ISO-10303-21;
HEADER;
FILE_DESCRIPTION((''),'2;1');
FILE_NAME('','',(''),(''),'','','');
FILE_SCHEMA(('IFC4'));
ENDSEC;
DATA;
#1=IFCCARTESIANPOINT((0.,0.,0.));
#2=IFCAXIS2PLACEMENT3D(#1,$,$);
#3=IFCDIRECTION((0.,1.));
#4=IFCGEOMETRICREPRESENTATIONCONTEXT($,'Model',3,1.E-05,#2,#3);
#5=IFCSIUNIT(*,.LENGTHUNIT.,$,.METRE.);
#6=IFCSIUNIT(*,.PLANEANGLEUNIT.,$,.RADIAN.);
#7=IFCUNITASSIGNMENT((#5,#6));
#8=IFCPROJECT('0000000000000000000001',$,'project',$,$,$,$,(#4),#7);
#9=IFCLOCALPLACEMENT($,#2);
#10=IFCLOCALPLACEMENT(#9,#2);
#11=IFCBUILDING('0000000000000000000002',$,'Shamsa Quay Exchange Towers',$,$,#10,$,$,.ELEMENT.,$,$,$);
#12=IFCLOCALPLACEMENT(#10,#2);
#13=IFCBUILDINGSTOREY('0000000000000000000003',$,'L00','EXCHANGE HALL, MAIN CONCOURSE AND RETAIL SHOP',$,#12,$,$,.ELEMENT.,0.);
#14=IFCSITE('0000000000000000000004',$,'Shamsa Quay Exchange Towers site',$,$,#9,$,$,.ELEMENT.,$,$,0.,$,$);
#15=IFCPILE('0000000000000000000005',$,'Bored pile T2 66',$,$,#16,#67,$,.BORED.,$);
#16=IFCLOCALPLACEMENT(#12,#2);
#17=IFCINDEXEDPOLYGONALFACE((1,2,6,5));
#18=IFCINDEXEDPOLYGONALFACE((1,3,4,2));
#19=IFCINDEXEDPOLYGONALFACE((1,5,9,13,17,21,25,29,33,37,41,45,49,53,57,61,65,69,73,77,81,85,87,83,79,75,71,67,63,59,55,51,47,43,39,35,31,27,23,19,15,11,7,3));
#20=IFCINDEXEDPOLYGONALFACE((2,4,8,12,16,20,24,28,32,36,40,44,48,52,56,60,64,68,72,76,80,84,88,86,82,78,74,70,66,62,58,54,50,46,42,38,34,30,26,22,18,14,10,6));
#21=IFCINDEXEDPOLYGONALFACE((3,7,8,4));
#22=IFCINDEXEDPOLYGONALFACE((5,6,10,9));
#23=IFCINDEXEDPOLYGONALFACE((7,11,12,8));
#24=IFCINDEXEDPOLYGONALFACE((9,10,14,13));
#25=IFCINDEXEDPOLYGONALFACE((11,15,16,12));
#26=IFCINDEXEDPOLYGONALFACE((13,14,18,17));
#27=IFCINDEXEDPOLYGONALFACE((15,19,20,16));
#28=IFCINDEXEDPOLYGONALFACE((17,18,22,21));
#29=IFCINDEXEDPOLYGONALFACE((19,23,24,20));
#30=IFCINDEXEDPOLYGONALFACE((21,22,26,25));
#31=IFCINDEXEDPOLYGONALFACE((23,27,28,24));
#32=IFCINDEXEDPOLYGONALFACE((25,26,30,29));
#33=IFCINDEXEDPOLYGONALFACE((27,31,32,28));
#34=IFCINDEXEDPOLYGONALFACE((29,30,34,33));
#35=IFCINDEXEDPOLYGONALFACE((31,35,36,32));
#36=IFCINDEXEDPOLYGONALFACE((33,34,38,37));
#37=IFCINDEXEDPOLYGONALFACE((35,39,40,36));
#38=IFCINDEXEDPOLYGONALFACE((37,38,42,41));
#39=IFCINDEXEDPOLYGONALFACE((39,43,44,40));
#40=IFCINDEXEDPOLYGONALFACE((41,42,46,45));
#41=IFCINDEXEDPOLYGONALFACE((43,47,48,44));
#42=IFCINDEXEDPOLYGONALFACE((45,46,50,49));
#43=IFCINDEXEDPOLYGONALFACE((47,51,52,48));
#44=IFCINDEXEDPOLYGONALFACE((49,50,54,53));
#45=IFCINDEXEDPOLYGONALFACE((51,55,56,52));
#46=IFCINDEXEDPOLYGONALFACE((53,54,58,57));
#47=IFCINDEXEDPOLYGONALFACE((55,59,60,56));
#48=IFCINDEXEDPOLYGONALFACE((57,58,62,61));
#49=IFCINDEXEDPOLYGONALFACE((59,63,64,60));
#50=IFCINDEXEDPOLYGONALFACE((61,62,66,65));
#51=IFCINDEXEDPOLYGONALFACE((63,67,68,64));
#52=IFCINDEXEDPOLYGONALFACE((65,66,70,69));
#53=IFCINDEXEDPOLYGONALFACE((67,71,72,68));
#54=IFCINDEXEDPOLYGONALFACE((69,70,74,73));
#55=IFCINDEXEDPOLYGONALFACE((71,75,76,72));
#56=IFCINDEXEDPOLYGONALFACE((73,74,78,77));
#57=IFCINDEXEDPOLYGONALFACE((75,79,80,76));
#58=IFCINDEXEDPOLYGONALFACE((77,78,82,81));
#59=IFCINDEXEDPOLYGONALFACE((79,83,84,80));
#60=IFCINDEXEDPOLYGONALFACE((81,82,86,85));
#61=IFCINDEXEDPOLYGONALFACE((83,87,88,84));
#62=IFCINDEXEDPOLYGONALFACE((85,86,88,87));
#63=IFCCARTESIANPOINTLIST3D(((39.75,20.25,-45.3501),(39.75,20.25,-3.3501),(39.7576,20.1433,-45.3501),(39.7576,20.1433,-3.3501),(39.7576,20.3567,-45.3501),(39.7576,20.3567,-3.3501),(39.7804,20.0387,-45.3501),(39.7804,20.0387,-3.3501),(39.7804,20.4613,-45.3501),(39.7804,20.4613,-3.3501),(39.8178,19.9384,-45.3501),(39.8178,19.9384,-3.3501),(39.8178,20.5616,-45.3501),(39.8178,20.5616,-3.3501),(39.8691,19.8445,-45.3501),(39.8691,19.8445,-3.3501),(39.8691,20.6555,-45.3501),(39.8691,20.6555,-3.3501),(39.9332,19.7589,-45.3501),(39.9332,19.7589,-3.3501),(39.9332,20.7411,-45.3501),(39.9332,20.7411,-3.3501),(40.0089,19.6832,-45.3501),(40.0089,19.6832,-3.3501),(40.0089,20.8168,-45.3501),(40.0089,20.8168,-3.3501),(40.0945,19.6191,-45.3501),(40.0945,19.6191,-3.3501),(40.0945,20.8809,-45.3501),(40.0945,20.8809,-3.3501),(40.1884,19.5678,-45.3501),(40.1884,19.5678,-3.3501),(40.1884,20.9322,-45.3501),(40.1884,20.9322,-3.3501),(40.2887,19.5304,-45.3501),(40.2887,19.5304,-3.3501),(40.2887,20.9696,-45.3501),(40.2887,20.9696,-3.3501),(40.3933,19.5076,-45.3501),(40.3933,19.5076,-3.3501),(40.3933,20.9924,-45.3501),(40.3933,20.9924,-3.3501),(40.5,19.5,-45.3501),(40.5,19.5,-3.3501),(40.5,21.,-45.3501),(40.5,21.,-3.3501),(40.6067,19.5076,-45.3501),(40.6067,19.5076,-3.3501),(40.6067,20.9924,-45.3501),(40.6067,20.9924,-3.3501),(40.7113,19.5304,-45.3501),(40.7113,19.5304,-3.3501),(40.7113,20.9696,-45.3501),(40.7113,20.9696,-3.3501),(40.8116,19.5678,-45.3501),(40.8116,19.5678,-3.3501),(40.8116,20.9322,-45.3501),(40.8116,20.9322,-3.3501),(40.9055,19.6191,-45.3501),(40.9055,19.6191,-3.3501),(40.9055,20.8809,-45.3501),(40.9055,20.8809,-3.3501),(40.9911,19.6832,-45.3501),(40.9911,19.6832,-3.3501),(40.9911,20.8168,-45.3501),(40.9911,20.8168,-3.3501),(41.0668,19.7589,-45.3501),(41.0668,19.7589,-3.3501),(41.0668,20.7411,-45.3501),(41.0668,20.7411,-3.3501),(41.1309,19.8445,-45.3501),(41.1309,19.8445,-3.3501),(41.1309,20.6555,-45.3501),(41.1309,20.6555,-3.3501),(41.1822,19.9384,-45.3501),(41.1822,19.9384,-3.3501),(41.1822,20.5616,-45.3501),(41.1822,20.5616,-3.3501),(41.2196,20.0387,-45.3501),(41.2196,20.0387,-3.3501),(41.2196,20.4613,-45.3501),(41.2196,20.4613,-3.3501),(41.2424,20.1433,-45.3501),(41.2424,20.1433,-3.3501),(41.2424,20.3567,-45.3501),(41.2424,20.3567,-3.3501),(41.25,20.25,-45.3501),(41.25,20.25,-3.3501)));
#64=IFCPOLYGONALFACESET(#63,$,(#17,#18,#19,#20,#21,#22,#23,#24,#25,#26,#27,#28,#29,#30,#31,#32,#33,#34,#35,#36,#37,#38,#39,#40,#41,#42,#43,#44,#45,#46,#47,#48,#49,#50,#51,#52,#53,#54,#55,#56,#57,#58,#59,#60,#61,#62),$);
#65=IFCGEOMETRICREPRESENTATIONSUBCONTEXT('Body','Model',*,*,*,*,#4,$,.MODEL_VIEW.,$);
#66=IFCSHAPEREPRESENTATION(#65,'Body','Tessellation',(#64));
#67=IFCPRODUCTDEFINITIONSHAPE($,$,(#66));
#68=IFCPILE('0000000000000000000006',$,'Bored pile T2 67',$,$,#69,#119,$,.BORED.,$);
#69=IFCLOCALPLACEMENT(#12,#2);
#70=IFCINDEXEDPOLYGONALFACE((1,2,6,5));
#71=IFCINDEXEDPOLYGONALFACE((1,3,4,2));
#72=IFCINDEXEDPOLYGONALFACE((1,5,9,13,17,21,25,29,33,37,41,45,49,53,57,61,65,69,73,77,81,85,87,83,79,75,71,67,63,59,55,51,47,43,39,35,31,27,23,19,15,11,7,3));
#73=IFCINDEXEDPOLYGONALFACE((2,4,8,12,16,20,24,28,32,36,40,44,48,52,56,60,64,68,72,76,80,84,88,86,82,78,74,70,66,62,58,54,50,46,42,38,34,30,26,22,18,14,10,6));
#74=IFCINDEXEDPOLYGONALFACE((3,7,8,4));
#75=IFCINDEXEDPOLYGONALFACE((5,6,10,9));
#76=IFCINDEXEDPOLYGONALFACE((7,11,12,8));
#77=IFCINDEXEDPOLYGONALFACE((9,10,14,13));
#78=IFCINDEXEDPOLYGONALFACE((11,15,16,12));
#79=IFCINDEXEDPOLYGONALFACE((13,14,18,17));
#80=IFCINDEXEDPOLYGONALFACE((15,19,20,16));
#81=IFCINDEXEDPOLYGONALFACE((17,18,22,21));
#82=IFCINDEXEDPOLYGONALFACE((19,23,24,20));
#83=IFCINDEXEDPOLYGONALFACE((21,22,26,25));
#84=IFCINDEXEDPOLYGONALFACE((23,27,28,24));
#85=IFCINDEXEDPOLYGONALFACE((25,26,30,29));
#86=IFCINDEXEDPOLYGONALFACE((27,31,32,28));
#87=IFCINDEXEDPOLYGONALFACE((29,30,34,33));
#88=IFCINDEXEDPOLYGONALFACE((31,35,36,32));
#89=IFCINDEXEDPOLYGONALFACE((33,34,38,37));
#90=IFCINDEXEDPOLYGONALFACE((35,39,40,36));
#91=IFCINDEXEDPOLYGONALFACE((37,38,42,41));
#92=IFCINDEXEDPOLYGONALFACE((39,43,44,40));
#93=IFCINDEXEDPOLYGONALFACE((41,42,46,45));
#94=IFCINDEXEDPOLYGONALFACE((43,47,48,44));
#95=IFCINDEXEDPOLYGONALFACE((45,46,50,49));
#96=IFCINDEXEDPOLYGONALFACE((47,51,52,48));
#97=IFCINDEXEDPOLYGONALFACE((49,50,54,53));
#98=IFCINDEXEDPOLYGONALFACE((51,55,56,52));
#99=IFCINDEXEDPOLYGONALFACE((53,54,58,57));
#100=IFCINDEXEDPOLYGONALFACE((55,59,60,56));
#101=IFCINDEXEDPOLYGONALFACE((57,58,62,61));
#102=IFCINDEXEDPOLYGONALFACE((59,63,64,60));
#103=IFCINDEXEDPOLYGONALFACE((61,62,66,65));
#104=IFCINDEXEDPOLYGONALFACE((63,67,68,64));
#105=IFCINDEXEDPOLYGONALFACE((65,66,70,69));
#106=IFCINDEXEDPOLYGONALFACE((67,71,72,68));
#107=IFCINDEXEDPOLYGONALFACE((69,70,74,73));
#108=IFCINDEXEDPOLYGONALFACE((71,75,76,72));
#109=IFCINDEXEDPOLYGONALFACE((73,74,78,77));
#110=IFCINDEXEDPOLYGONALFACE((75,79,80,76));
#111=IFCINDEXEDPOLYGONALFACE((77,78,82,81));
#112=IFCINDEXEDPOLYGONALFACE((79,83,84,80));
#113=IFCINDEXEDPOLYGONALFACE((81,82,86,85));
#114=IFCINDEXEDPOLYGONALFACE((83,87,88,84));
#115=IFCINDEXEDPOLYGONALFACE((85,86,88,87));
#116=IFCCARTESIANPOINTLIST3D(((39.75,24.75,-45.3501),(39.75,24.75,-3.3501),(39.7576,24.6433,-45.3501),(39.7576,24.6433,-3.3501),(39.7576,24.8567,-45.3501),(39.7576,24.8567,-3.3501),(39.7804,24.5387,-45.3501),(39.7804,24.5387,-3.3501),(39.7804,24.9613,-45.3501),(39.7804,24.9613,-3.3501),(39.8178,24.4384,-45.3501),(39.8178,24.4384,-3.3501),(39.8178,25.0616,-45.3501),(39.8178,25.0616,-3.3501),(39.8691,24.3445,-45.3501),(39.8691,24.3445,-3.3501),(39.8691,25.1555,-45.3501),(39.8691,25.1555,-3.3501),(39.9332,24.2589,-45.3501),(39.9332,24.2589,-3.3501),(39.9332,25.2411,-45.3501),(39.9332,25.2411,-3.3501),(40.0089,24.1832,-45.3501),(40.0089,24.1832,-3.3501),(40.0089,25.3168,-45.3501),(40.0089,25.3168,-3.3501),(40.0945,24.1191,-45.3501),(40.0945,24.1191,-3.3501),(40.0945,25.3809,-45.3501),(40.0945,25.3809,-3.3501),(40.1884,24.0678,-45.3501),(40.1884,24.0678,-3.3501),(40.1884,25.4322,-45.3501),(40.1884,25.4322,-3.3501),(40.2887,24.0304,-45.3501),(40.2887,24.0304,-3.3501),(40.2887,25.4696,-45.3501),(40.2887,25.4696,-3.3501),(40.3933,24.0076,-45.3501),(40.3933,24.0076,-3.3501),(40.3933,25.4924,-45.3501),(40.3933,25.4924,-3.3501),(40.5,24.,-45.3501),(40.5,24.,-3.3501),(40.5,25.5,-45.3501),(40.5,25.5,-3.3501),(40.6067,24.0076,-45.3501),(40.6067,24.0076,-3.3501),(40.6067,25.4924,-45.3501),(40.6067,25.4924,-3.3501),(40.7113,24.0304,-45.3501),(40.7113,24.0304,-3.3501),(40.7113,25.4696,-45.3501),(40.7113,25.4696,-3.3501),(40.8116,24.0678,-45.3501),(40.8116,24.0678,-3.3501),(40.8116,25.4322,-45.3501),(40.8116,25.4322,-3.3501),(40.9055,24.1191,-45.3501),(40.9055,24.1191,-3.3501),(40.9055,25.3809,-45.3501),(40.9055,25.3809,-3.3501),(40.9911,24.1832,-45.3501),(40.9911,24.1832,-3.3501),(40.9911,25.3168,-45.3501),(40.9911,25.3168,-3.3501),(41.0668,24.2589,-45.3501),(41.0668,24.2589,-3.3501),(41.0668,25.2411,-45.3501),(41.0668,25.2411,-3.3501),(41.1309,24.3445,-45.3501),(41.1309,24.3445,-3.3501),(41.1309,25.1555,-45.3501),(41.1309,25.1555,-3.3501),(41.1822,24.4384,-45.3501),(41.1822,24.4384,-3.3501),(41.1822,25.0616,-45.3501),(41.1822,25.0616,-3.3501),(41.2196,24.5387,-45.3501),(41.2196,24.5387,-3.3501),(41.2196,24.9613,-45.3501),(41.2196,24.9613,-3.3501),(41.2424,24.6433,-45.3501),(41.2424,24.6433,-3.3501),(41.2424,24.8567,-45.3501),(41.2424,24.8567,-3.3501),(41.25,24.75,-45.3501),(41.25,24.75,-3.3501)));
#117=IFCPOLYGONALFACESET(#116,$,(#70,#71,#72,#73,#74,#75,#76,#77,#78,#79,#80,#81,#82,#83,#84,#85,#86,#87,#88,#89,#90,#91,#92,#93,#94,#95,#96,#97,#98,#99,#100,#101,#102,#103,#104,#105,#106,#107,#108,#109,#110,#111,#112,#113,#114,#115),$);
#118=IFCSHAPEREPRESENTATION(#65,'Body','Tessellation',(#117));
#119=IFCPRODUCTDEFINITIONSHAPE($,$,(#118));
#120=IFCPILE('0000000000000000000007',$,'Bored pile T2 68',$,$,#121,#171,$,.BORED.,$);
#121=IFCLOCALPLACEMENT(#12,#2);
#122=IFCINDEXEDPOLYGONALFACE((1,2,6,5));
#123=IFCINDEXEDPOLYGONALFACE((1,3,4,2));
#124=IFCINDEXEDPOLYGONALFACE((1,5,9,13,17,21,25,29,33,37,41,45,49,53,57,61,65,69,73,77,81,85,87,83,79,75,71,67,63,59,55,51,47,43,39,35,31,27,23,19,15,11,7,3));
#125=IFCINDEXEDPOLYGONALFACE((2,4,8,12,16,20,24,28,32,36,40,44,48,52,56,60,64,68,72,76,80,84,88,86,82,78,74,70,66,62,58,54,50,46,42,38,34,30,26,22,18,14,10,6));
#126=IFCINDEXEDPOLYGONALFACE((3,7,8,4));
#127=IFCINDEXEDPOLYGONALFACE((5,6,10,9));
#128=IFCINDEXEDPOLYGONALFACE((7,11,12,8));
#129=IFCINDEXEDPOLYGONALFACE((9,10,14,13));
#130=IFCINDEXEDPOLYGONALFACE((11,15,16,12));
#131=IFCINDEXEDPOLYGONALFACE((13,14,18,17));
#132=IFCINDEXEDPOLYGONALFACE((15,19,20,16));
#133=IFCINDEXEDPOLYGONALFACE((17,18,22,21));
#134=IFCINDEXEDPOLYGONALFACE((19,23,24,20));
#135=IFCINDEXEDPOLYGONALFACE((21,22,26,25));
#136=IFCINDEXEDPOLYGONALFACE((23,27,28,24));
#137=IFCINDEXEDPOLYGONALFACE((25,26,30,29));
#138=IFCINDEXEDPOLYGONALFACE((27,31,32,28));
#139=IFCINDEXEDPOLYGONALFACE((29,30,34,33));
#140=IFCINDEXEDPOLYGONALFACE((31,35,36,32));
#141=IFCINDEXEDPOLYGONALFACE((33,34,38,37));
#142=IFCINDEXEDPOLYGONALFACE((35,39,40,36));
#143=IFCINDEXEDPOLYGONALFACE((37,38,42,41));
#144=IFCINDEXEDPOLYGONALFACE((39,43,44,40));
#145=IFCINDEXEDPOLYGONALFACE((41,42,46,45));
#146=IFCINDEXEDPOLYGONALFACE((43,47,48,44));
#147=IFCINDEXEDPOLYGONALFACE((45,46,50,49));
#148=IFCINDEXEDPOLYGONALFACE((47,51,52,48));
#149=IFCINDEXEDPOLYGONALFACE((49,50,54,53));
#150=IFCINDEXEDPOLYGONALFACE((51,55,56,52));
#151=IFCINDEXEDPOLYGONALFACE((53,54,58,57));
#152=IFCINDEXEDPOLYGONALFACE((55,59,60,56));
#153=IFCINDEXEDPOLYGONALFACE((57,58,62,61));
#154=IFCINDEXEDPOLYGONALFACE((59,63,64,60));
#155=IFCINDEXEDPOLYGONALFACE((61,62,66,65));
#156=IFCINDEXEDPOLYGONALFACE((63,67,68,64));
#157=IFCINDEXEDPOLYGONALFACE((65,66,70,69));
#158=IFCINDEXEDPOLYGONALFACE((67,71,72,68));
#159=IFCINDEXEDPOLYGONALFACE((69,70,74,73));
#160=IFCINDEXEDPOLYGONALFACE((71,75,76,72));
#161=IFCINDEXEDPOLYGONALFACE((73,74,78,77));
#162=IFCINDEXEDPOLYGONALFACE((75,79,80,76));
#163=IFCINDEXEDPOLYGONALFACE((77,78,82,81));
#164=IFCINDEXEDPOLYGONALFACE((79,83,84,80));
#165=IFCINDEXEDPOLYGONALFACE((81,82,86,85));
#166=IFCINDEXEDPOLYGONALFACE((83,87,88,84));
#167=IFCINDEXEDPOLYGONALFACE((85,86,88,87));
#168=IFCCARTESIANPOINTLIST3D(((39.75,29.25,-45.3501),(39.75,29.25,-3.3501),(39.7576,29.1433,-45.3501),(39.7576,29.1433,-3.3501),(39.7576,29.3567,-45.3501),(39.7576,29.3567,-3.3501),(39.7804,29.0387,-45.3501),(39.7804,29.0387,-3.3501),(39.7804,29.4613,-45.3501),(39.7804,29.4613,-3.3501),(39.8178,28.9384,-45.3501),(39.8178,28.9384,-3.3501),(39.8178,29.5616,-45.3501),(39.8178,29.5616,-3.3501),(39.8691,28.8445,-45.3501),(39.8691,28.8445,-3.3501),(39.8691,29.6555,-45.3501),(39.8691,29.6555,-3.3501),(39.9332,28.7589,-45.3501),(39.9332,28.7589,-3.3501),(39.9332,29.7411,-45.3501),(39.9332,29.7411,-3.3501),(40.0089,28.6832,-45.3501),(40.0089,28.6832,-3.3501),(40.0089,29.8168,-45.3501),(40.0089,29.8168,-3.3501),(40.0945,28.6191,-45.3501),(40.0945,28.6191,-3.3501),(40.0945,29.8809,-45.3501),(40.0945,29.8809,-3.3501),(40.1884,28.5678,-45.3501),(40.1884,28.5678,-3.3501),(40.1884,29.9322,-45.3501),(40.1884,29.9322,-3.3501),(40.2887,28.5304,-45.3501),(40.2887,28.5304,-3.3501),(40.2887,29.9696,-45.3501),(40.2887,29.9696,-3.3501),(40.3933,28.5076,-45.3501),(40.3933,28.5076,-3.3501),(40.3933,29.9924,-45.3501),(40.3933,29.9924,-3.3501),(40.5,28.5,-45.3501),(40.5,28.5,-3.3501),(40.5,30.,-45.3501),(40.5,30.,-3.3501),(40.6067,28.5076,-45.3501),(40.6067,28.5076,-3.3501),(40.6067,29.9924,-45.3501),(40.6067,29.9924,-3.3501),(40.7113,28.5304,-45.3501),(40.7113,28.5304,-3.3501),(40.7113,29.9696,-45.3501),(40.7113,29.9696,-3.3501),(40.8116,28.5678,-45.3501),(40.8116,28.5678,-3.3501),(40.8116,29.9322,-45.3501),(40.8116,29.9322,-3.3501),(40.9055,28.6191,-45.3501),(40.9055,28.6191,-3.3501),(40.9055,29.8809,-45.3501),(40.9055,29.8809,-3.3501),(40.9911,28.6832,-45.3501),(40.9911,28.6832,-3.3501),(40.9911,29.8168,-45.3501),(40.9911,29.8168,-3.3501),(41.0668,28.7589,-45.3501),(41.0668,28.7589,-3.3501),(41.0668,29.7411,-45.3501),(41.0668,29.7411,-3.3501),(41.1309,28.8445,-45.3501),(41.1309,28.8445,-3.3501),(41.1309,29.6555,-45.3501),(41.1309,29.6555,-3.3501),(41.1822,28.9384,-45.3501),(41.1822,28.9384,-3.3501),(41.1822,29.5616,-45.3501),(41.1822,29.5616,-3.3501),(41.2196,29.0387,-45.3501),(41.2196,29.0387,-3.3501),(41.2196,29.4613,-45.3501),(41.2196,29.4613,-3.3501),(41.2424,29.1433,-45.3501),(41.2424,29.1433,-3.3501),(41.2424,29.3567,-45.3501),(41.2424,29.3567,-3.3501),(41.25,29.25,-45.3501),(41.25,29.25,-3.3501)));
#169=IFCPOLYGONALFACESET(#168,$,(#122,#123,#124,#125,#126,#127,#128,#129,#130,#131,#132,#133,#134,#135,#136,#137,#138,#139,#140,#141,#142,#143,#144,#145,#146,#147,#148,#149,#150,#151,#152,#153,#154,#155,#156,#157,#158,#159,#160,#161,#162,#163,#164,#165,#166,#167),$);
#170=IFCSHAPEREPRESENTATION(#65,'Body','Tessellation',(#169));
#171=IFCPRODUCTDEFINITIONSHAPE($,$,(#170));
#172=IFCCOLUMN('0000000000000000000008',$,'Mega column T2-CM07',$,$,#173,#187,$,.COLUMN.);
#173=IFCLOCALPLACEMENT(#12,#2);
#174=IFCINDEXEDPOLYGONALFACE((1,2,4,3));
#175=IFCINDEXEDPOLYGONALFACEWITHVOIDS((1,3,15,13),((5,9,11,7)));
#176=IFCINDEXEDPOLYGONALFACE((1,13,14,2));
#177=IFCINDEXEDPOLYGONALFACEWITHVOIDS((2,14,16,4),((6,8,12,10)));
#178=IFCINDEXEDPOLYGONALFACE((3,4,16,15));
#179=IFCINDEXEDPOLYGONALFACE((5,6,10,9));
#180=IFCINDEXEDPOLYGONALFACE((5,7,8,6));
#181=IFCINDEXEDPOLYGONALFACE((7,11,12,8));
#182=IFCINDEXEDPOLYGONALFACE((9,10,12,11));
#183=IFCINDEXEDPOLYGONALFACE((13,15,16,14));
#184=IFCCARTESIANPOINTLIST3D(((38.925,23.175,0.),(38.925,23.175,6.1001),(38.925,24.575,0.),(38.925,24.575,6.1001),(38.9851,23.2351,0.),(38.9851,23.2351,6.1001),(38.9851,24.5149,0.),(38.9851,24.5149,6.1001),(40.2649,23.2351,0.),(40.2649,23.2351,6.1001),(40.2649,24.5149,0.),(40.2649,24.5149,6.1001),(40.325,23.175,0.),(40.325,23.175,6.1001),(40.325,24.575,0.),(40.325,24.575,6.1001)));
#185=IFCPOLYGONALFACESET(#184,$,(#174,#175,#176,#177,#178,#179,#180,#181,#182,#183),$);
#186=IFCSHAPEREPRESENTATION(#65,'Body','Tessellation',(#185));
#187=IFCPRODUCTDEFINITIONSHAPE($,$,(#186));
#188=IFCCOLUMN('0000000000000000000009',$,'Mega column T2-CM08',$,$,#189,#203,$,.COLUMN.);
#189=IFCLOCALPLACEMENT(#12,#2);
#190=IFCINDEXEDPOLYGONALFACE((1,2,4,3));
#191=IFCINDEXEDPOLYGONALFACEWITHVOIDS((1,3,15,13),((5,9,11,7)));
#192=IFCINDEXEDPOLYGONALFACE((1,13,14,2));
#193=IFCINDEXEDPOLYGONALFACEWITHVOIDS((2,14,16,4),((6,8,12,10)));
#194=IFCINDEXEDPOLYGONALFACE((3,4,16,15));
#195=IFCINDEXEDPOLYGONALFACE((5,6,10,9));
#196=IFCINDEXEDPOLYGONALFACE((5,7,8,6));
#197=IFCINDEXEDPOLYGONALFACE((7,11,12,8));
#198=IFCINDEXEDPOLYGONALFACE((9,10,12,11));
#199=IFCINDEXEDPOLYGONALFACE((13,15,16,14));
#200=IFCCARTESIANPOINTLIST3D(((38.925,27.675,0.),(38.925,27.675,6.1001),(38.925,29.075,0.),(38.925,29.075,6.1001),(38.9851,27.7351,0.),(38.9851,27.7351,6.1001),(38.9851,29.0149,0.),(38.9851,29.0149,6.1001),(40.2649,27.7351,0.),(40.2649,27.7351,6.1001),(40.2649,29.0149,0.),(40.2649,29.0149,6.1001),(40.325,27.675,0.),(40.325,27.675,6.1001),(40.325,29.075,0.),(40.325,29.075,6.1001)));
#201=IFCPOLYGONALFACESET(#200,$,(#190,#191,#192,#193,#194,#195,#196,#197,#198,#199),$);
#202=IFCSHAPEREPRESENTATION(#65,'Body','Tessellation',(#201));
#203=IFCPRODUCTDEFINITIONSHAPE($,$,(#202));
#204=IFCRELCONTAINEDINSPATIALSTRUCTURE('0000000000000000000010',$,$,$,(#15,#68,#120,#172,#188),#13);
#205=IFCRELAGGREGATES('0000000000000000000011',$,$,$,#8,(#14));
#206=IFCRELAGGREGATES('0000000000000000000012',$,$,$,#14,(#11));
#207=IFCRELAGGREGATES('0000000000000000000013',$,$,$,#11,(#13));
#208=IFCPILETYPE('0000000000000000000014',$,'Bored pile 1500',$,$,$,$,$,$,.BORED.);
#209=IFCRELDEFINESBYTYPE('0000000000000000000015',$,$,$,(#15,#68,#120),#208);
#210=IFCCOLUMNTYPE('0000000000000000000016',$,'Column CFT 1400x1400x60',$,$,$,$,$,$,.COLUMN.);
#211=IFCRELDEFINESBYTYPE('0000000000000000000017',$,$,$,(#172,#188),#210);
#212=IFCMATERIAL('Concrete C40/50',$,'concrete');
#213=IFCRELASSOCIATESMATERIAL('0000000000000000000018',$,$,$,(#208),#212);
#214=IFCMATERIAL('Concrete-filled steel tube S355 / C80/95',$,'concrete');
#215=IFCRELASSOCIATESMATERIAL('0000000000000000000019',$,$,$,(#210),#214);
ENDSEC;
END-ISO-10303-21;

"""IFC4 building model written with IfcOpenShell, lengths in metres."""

from ifc_helpers import new_model, si_unit, direction, frame, origin, origin_2d, place, context, subcontext, project, spatial, hollow_rectangle, circle, extrude, material, material_profile, profile_set, type_object, element, save


model = new_model("IFC4")

# Units and contexts
model_context = context("Model", 3, precision=1e-05, world=origin(), true_north=direction((0.0, 1.0)))
body_context = subcontext(model_context, "Body", "Model", "MODEL_VIEW")
ifc_project = project(units=[si_unit("LENGTHUNIT", "METRE"), si_unit("PLANEANGLEUNIT", "RADIAN")], contexts=[model_context])

# Site, building, storey
site_placement = place(None, origin())
site = spatial("IfcSite", under=ifc_project, at=site_placement, Name="Shamsa Quay Exchange Towers site", CompositionType="ELEMENT", RefElevation=0.0)
building_placement = place(site_placement, origin())
building = spatial("IfcBuilding", under=site, at=building_placement, Name="Shamsa Quay Exchange Towers", CompositionType="ELEMENT")
storey_placement = place(building_placement, origin())
storey = spatial("IfcBuildingStorey", under=building, at=storey_placement, Name="L00", Description="EXCHANGE HALL, MAIN CONCOURSE AND RETAIL SHOP", CompositionType="ELEMENT", Elevation=0.0)

# Piles
ifc_material_1 = material(Name="Concrete C40/50", Category="concrete")
ifc_material_profile_1 = material_profile(ifc_material_1, circle(Radius=0.75, at=origin_2d()), Name="BP1500")
ifc_profile_set_1 = profile_set([ifc_material_profile_1], Name="Concrete C40/50")
pile_type_1 = type_object("IfcPileType", Name="Bored pile 1500", PredefinedType="BORED", material=ifc_profile_set_1)
for number, where, z_axis, x_axis, name in (
    (1, (40.5, 20.25, -3.3501), (0.0, 0.0, -1.0), (1.0, 0.0, 0.0), "Bored pile T2 66"),
    (2, (40.5, 24.75, -3.3501), (0.0, 0.0, -1.0), (1.0, 0.0, 0.0), "Bored pile T2 67"),
    (3, (40.5, 29.25, -3.3501), (0.0, 0.0, -1.0), (1.0, 0.0, 0.0), "Bored pile T2 68"),
):
    element("IfcPile", number, at=place(storey_placement, frame(where, z_axis=z_axis, x_axis=x_axis)), inside=storey, type_object=pile_type_1, Name=name, PredefinedType="BORED", context=body_context, shape_type="SweptSolid", body=[
        extrude(circle(Radius=0.75, at=origin_2d()), origin(), (0.0, 0.0, 1.0), 42.0),
    ])

# Columns
ifc_material_2 = material(Name="Concrete-filled steel tube S355 / C80/95", Category="concrete")
ifc_material_profile_2 = material_profile(ifc_material_2, hollow_rectangle(XDim=1.3999, YDim=1.3999, WallThickness=0.0601, at=origin_2d()), Name="CFT 1400x1400x60")
ifc_profile_set_2 = profile_set([ifc_material_profile_2], Name="Concrete-filled steel tube S355 / C80/95")
column_type_1 = type_object("IfcColumnType", Name="Column CFT 1400x1400x60", PredefinedType="COLUMN", material=ifc_profile_set_2)
for number, where, name in (
    (4, (39.625, 23.875, 0.0), "Mega column T2-CM07"),
    (5, (39.625, 28.375, 0.0), "Mega column T2-CM08"),
):
    element("IfcColumn", number, at=place(storey_placement, frame(where)), inside=storey, type_object=column_type_1, Name=name, PredefinedType="COLUMN", context=body_context, shape_type="SweptSolid", body=[
        extrude(hollow_rectangle(XDim=1.3999, YDim=1.3999, WallThickness=0.0601, at=origin_2d()), origin(), (0.0, 0.0, 1.0), 6.1001),
    ])

save(model, "model.ifc")
